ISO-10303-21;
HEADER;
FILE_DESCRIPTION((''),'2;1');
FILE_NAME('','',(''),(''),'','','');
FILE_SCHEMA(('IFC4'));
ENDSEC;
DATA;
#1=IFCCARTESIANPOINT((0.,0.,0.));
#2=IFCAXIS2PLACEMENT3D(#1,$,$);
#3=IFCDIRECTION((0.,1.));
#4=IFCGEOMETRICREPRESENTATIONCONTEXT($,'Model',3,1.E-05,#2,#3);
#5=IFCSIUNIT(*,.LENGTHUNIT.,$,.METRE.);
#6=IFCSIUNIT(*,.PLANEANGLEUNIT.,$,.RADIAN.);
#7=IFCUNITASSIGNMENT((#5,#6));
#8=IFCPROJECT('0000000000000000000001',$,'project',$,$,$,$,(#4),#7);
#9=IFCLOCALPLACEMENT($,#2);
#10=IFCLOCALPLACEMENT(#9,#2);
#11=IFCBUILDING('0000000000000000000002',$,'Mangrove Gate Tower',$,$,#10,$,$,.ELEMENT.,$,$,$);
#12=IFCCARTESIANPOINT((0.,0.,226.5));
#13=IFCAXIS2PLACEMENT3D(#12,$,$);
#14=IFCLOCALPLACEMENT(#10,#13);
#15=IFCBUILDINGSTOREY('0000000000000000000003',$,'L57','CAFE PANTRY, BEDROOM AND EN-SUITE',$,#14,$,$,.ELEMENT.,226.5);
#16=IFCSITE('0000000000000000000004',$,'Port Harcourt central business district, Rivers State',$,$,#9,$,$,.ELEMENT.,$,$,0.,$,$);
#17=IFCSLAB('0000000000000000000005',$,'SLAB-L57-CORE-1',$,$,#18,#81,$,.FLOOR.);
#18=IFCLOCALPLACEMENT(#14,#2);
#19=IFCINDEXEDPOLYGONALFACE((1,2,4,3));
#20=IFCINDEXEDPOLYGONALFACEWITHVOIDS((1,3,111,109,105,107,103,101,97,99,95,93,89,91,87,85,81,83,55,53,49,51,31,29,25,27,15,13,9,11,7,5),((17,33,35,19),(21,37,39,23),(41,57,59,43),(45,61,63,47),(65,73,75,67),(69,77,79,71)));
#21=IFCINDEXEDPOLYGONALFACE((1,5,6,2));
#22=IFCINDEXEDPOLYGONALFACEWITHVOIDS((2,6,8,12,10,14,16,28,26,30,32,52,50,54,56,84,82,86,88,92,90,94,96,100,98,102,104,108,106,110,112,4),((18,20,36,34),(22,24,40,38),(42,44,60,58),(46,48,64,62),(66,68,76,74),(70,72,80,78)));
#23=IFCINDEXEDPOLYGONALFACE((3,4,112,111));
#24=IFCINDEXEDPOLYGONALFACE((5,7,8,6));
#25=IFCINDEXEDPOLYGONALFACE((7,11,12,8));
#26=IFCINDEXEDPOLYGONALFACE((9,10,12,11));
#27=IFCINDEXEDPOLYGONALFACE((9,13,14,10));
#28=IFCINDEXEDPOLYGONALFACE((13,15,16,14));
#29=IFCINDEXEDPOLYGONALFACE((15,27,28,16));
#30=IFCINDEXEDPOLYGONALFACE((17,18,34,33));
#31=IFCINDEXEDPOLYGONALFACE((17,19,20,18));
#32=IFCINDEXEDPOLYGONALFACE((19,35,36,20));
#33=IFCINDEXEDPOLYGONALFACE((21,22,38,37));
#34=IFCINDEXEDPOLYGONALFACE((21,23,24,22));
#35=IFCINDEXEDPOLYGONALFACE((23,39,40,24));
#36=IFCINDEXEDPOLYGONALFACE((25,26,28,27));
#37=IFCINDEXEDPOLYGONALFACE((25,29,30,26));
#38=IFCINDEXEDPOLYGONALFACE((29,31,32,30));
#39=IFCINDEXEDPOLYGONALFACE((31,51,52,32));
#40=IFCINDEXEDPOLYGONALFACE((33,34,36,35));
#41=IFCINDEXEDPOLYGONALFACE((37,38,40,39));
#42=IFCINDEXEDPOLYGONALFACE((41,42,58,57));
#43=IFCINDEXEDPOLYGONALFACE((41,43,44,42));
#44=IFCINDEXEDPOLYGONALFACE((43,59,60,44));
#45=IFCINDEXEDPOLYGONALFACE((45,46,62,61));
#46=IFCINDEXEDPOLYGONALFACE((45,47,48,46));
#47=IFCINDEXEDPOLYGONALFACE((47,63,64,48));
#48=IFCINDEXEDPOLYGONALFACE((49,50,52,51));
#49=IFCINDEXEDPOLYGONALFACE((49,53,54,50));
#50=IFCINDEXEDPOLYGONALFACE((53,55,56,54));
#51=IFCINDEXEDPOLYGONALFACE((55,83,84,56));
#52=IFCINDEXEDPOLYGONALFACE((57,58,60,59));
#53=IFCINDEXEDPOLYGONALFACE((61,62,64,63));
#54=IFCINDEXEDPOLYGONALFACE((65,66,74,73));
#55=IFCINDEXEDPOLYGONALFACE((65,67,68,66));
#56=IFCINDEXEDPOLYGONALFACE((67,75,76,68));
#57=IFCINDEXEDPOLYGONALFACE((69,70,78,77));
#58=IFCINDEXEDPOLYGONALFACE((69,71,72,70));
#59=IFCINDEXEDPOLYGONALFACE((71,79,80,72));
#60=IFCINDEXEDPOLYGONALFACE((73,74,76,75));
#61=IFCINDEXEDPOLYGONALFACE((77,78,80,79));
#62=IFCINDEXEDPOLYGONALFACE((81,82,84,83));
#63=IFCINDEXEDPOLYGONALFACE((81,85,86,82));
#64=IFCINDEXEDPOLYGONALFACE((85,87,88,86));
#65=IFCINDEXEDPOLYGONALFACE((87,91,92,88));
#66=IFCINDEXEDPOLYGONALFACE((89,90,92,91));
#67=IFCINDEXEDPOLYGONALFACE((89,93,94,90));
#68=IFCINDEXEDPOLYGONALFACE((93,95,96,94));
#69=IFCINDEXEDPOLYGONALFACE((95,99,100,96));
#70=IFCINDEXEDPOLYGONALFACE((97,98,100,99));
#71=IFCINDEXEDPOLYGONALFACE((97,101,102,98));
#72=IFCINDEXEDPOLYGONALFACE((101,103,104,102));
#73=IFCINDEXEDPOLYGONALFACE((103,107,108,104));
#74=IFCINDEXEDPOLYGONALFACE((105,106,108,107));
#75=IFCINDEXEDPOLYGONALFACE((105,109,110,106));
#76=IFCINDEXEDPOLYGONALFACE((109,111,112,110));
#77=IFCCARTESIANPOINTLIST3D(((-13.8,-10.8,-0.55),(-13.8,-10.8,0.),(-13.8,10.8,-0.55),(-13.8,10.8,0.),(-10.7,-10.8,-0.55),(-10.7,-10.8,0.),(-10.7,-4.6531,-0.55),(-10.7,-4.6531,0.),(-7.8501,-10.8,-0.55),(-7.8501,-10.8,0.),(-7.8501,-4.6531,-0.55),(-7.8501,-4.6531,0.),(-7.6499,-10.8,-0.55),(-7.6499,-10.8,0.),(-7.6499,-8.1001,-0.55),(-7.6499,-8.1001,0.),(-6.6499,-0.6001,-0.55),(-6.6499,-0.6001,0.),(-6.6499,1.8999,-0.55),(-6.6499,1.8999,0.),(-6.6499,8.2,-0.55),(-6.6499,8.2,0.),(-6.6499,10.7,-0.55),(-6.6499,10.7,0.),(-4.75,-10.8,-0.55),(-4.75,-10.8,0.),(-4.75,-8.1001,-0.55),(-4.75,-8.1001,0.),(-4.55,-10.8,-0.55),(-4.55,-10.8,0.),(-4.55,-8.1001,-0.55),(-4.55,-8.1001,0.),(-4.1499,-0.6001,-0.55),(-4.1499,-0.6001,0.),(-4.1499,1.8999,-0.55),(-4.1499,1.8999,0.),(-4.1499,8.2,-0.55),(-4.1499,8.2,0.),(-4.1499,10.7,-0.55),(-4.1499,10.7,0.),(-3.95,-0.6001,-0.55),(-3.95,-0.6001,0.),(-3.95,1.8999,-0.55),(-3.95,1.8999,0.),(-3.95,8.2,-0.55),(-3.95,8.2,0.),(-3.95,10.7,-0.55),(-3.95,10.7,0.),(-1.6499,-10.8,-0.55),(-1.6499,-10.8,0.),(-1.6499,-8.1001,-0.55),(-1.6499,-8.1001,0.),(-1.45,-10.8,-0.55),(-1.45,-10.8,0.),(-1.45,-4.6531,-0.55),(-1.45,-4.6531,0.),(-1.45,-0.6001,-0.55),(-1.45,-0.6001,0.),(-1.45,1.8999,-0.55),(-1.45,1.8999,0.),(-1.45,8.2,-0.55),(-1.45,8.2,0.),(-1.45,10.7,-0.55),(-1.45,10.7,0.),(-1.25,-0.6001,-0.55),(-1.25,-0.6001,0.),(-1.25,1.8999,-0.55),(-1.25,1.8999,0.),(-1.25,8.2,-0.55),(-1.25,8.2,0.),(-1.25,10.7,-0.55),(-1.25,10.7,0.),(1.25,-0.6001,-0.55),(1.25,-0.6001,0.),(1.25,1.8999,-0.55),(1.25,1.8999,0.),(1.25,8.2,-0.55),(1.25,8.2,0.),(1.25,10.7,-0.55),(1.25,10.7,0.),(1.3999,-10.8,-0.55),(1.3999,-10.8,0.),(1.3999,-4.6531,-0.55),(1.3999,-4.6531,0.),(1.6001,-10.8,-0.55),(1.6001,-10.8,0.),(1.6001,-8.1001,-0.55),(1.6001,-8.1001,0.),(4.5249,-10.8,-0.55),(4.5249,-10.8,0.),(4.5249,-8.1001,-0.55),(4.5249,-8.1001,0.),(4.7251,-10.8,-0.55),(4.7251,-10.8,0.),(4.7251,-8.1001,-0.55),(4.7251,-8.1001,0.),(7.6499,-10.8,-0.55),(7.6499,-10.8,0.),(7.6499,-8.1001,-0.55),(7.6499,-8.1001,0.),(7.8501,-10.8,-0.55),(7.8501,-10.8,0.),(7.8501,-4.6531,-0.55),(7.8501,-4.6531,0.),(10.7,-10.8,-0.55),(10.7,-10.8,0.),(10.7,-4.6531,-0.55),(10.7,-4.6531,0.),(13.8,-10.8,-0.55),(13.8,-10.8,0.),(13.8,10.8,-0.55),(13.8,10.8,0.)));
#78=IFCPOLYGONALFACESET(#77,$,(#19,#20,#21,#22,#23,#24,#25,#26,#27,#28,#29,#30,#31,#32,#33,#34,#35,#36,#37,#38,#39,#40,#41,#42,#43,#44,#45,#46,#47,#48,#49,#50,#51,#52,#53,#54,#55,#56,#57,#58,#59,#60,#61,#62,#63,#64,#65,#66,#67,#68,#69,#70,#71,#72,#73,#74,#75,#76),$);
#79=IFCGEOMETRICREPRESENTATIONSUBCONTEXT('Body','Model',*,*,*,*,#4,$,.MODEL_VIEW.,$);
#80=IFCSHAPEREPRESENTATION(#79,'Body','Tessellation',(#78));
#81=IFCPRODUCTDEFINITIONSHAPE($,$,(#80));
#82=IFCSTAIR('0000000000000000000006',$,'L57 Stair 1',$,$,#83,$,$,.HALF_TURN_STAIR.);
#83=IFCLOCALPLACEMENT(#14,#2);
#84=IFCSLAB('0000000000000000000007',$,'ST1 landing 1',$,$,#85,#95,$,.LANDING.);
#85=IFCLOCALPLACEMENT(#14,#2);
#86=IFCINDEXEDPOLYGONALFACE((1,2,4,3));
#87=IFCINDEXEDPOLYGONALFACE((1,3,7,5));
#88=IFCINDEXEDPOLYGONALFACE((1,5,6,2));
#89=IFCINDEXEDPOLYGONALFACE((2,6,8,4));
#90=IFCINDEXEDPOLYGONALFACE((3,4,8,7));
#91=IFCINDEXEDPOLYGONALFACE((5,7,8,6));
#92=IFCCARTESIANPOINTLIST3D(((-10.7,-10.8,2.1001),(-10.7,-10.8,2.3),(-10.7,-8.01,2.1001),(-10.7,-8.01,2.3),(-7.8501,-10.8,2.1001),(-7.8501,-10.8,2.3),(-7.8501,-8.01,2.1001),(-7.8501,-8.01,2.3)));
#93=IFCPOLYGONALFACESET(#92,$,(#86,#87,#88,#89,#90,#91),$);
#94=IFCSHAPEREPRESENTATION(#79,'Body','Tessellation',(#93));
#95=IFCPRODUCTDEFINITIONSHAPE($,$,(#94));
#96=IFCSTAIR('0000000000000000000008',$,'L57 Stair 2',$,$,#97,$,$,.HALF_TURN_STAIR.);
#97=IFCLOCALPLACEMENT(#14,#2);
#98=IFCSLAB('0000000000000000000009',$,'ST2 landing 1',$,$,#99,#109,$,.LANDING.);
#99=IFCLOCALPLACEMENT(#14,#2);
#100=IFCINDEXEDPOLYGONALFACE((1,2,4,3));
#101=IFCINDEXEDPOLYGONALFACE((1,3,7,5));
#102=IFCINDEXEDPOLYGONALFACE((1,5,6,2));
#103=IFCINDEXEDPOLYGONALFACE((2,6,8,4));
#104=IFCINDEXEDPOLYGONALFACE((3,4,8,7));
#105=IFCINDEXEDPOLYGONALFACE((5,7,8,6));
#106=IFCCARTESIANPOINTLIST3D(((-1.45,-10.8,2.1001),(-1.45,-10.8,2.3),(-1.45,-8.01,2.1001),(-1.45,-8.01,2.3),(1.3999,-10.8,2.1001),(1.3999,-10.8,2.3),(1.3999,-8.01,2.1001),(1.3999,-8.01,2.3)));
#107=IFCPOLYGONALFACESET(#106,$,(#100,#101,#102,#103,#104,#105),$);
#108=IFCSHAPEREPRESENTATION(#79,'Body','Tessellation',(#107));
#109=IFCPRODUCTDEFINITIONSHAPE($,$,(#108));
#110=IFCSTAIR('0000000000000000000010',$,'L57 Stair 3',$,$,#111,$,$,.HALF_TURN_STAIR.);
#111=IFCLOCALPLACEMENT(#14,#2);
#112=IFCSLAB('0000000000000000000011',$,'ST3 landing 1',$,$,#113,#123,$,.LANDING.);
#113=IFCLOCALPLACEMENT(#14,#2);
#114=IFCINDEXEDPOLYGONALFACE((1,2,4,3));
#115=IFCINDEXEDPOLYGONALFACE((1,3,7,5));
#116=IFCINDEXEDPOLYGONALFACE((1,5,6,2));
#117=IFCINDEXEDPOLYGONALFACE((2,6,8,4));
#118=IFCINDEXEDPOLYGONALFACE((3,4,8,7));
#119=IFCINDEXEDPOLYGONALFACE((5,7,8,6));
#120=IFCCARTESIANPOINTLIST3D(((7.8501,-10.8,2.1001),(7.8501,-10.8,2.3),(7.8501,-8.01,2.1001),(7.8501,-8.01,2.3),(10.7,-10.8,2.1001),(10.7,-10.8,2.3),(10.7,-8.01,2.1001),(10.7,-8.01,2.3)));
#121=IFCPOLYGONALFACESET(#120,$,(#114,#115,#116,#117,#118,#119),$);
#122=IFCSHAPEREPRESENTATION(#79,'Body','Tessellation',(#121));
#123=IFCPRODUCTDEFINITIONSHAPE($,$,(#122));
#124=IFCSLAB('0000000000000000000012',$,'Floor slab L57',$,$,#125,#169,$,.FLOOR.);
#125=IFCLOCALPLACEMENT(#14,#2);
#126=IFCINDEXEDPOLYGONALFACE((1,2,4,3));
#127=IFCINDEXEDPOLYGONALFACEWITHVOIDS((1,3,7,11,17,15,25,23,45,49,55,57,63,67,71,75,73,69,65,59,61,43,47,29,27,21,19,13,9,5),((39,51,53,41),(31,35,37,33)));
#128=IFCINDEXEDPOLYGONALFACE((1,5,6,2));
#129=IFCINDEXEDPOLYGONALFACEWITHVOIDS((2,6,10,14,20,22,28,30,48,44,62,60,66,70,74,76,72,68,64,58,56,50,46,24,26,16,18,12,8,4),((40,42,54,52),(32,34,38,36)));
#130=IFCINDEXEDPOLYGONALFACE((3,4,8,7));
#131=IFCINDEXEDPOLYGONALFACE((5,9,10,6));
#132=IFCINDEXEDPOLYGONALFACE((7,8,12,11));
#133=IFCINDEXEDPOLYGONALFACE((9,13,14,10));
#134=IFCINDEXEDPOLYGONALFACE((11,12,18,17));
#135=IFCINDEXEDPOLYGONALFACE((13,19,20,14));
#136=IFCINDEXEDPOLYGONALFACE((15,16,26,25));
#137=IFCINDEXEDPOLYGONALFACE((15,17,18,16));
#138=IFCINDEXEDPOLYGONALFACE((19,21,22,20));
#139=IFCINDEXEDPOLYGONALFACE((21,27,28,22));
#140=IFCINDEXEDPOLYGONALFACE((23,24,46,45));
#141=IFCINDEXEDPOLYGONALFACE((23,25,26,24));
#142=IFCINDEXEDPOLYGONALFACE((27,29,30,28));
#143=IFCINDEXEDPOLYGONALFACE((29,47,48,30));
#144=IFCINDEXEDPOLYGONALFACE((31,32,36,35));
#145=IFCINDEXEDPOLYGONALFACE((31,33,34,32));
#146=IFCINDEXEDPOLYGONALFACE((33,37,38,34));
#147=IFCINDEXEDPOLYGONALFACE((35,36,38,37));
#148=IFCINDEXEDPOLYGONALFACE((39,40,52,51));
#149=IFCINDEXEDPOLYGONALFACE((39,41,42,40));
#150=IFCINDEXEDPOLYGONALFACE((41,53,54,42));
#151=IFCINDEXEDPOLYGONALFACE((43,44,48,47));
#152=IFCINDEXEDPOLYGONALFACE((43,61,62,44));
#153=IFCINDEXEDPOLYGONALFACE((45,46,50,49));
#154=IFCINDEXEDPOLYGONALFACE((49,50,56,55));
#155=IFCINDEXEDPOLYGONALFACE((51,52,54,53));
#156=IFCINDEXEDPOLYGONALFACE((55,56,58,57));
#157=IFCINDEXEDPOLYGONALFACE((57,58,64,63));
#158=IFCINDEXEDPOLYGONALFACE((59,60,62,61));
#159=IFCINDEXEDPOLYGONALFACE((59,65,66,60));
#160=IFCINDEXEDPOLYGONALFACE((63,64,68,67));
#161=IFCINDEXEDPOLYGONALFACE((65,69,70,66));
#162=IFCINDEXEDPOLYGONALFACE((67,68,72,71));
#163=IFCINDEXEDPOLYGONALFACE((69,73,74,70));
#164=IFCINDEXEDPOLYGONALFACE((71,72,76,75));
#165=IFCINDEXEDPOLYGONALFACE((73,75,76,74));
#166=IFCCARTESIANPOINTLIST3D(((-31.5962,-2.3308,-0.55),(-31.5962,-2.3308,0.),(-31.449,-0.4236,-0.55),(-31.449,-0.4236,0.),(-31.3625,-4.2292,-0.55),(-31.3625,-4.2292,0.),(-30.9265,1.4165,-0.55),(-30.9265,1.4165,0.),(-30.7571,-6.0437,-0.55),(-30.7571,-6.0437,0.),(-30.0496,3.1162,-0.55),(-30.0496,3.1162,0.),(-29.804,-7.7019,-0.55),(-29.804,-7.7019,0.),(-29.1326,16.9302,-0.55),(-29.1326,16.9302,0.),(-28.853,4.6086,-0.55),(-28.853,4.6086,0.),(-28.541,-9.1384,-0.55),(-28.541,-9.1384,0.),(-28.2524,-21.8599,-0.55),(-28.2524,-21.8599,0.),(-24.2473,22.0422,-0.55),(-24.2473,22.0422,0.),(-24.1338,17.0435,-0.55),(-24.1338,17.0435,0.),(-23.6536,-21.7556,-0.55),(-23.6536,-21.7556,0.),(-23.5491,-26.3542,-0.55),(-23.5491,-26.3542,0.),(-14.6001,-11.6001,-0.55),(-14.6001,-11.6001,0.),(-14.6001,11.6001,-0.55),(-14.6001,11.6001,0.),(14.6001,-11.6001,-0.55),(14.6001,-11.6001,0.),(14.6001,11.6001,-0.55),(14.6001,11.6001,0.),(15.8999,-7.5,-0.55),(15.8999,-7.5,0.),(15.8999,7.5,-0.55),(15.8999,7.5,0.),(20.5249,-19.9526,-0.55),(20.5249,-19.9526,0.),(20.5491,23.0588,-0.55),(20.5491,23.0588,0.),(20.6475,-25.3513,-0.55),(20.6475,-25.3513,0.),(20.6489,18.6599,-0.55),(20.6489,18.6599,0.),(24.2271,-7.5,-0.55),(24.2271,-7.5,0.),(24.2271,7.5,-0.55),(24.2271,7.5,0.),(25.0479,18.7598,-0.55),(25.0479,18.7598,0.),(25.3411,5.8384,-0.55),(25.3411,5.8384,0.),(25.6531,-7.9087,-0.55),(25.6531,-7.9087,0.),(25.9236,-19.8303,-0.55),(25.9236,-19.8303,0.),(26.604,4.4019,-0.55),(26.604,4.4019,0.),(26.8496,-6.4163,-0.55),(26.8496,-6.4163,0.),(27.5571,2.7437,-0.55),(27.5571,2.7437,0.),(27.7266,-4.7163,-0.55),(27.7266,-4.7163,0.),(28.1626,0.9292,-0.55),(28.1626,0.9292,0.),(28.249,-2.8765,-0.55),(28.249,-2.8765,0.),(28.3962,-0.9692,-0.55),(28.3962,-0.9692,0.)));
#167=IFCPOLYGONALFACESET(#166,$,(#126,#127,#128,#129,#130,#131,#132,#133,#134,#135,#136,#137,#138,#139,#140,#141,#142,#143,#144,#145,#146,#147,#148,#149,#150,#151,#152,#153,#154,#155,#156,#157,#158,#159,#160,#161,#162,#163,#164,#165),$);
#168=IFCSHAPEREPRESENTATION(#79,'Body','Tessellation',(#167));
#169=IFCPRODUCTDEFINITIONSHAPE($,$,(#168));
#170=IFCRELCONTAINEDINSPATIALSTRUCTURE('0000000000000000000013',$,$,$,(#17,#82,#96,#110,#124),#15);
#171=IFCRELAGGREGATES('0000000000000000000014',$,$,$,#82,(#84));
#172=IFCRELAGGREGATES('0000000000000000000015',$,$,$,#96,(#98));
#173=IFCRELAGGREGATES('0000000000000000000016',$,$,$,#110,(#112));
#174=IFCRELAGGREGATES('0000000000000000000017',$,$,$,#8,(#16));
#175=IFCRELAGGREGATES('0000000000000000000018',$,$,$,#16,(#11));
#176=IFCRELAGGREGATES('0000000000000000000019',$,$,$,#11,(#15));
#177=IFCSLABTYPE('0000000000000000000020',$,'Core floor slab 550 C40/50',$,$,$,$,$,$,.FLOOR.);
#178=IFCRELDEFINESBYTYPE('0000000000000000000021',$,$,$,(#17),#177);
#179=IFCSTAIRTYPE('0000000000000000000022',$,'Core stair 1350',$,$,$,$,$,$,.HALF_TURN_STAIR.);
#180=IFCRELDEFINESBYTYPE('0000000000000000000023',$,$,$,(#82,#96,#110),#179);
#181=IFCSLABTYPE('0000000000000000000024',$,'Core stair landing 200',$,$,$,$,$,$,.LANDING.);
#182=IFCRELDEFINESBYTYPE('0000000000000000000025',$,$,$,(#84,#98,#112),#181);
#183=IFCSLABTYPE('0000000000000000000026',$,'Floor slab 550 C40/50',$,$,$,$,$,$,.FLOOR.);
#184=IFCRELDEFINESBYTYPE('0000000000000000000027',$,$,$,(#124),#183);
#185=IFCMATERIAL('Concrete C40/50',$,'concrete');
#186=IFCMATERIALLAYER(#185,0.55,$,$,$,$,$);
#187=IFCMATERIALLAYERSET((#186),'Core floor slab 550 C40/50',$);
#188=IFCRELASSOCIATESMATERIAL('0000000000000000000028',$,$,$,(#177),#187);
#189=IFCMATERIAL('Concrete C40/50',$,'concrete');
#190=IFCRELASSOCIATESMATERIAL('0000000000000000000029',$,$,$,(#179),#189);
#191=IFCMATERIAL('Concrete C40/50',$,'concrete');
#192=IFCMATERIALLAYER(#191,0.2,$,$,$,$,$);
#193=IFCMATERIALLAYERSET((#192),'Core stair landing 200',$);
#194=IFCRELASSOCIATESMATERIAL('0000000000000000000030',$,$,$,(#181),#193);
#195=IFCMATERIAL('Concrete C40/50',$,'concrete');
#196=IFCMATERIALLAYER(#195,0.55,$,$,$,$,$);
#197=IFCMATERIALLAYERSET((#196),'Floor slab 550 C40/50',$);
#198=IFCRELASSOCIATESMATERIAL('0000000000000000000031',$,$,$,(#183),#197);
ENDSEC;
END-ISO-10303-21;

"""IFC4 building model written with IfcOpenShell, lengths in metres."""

from ifc_helpers import new_model, si_unit, direction, frame, origin, place, context, subcontext, project, spatial, polyline, outline, extrude, material, layer, layer_set, type_object, element, aggregate, save


model = new_model("IFC4")

# Units and contexts
model_context = context("Model", 3, precision=1e-05, world=origin(), true_north=direction((0.0, 1.0)))
body_context = subcontext(model_context, "Body", "Model", "MODEL_VIEW")
ifc_project = project(units=[si_unit("LENGTHUNIT", "METRE"), si_unit("PLANEANGLEUNIT", "RADIAN")], contexts=[model_context])

# Site, building, storey
site_placement = place(None, origin())
site = spatial("IfcSite", under=ifc_project, at=site_placement, Name="Port Harcourt central business district, Rivers State", CompositionType="ELEMENT", RefElevation=0.0)
building_placement = place(site_placement, origin())
building = spatial("IfcBuilding", under=site, at=building_placement, Name="Mangrove Gate Tower", CompositionType="ELEMENT")
storey_placement = place(building_placement, frame((0.0, 0.0, 226.5)))
storey = spatial("IfcBuildingStorey", under=building, at=storey_placement, Name="L57", Description="CAFE PANTRY, BEDROOM AND EN-SUITE", CompositionType="ELEMENT", Elevation=226.5)

# Slab
ifc_material_1 = material(Name="Concrete C40/50", Category="concrete")
ifc_layer_1 = layer(ifc_material_1, 0.55)
ifc_layer_set_1 = layer_set([ifc_layer_1], Name="Core floor slab 550 C40/50")
slab_type_1 = type_object("IfcSlabType", Name="Core floor slab 550 C40/50", PredefinedType="FLOOR", material=ifc_layer_set_1)
slab_1_placement = place(storey_placement, frame((0.0, 0.0, -0.55)))
element("IfcSlab", 1, at=slab_1_placement, inside=storey, type_object=slab_type_1, Name="SLAB-L57-CORE-1", PredefinedType="FLOOR", context=body_context, shape_type="SweptSolid", body=[
    extrude(outline(polyline([(-13.8, -10.8), (-13.8, 10.8), (13.8, 10.8), (13.8, -10.8), (10.7, -10.8), (10.7, -4.6531), (7.8501, -4.6531), (7.8501, -10.8), (7.6499, -10.8), (7.6499, -8.1001), (4.7251, -8.1001), (4.7251, -10.8), (4.5249, -10.8), (4.5249, -8.1001), (1.6001, -8.1001), (1.6001, -10.8), (1.3999, -10.8), (1.3999, -4.6531), (-1.45, -4.6531), (-1.45, -10.8), (-1.6499, -10.8), (-1.6499, -8.1001), (-4.55, -8.1001), (-4.55, -10.8), (-4.75, -10.8), (-4.75, -8.1001), (-7.6499, -8.1001), (-7.6499, -10.8), (-7.8501, -10.8), (-7.8501, -4.6531), (-10.7, -4.6531), (-10.7, -10.8), (-13.8, -10.8)]), holes=[polyline([(-4.1499, 1.8999), (-6.6499, 1.8999), (-6.6499, -0.6001), (-4.1499, -0.6001), (-4.1499, 1.8999)]), polyline([(-1.45, -0.6001), (-1.45, 1.8999), (-3.95, 1.8999), (-3.95, -0.6001), (-1.45, -0.6001)]), polyline([(-4.1499, 8.2), (-4.1499, 10.7), (-6.6499, 10.7), (-6.6499, 8.2), (-4.1499, 8.2)]), polyline([(-1.45, 10.7), (-3.95, 10.7), (-3.95, 8.2), (-1.45, 8.2), (-1.45, 10.7)]), polyline([(1.25, -0.6001), (1.25, 1.8999), (-1.25, 1.8999), (-1.25, -0.6001), (1.25, -0.6001)]), polyline([(1.25, 8.2), (1.25, 10.7), (-1.25, 10.7), (-1.25, 8.2), (1.25, 8.2)])]), origin(), (0.0, 0.0, 1.0), 0.55),
])

# Stairs, slabs
ifc_material_2 = material(Name="Concrete C40/50", Category="concrete")
stair_type = type_object("IfcStairType", Name="Core stair 1350", PredefinedType="HALF_TURN_STAIR", material=ifc_material_2)
stair_1_placement = place(storey_placement, origin())
stair_1 = element("IfcStair", 2, at=stair_1_placement, inside=storey, type_object=stair_type, Name="L57 Stair 1", PredefinedType="HALF_TURN_STAIR")
ifc_material_3 = material(Name="Concrete C40/50", Category="concrete")
ifc_layer_2 = layer(ifc_material_3, 0.2)
ifc_layer_set_2 = layer_set([ifc_layer_2], Name="Core stair landing 200")
slab_type_2 = type_object("IfcSlabType", Name="Core stair landing 200", PredefinedType="LANDING", material=ifc_layer_set_2)
slab_2_placement = place(storey_placement, frame((0.0, 0.0, 2.1001)))
slab_2 = element("IfcSlab", 3, at=slab_2_placement, type_object=slab_type_2, Name="ST1 landing 1", PredefinedType="LANDING", context=body_context, shape_type="SweptSolid", body=[
    extrude(outline(polyline([(-10.7, -8.01), (-10.7, -10.8), (-7.8501, -10.8), (-7.8501, -8.01), (-10.7, -8.01)])), origin(), (0.0, 0.0, 1.0), 0.2),
])
aggregate(stair_1, [slab_2])
stair_2_placement = place(storey_placement, origin())
stair_2 = element("IfcStair", 4, at=stair_2_placement, inside=storey, type_object=stair_type, Name="L57 Stair 2", PredefinedType="HALF_TURN_STAIR")
slab_3_placement = place(storey_placement, frame((0.0, 0.0, 2.1001)))
slab_3 = element("IfcSlab", 5, at=slab_3_placement, type_object=slab_type_2, Name="ST2 landing 1", PredefinedType="LANDING", context=body_context, shape_type="SweptSolid", body=[
    extrude(outline(polyline([(-1.45, -8.01), (-1.45, -10.8), (1.3999, -10.8), (1.3999, -8.01), (-1.45, -8.01)])), origin(), (0.0, 0.0, 1.0), 0.2),
])
aggregate(stair_2, [slab_3])
stair_3_placement = place(storey_placement, origin())
stair_3 = element("IfcStair", 6, at=stair_3_placement, inside=storey, type_object=stair_type, Name="L57 Stair 3", PredefinedType="HALF_TURN_STAIR")
slab_4_placement = place(storey_placement, frame((0.0, 0.0, 2.1001)))
slab_4 = element("IfcSlab", 7, at=slab_4_placement, type_object=slab_type_2, Name="ST3 landing 1", PredefinedType="LANDING", context=body_context, shape_type="SweptSolid", body=[
    extrude(outline(polyline([(7.8501, -8.01), (7.8501, -10.8), (10.7, -10.8), (10.7, -8.01), (7.8501, -8.01)])), origin(), (0.0, 0.0, 1.0), 0.2),
])
aggregate(stair_3, [slab_4])

# Slab
ifc_material_4 = material(Name="Concrete C40/50", Category="concrete")
ifc_layer_3 = layer(ifc_material_4, 0.55)
ifc_layer_set_3 = layer_set([ifc_layer_3], Name="Floor slab 550 C40/50")
slab_type_3 = type_object("IfcSlabType", Name="Floor slab 550 C40/50", PredefinedType="FLOOR", material=ifc_layer_set_3)
slab_5_placement = place(storey_placement, frame((0.0, 0.0, -0.55)))
element("IfcSlab", 8, at=slab_5_placement, inside=storey, type_object=slab_type_3, Name="Floor slab L57", PredefinedType="FLOOR", context=body_context, shape_type="SweptSolid", body=[
    extrude(outline(polyline([(-23.5491, -26.3542), (20.6475, -25.3513), (20.5249, -19.9526), (25.9236, -19.8303), (25.6531, -7.9087), (26.8496, -6.4163), (27.7266, -4.7163), (28.249, -2.8765), (28.3962, -0.9692), (28.1626, 0.9292), (27.5571, 2.7437), (26.604, 4.4019), (25.3411, 5.8384), (25.0479, 18.7598), (20.6489, 18.6599), (20.5491, 23.0588), (-24.2473, 22.0422), (-24.1338, 17.0435), (-29.1326, 16.9302), (-28.853, 4.6086), (-30.0496, 3.1162), (-30.9265, 1.4165), (-31.449, -0.4236), (-31.5962, -2.3308), (-31.3625, -4.2292), (-30.7571, -6.0437), (-29.804, -7.7019), (-28.541, -9.1384), (-28.2524, -21.8599), (-23.6536, -21.7556), (-23.5491, -26.3542)]), holes=[polyline([(15.8999, 7.5), (24.2271, 7.5), (24.2271, -7.5), (15.8999, -7.5), (15.8999, 7.5)]), polyline([(-14.6001, -11.6001), (-14.6001, 11.6001), (14.6001, 11.6001), (14.6001, -11.6001), (-14.6001, -11.6001)])]), origin(), (0.0, 0.0, 1.0), 0.55),
])

save(model, "model.ifc")
